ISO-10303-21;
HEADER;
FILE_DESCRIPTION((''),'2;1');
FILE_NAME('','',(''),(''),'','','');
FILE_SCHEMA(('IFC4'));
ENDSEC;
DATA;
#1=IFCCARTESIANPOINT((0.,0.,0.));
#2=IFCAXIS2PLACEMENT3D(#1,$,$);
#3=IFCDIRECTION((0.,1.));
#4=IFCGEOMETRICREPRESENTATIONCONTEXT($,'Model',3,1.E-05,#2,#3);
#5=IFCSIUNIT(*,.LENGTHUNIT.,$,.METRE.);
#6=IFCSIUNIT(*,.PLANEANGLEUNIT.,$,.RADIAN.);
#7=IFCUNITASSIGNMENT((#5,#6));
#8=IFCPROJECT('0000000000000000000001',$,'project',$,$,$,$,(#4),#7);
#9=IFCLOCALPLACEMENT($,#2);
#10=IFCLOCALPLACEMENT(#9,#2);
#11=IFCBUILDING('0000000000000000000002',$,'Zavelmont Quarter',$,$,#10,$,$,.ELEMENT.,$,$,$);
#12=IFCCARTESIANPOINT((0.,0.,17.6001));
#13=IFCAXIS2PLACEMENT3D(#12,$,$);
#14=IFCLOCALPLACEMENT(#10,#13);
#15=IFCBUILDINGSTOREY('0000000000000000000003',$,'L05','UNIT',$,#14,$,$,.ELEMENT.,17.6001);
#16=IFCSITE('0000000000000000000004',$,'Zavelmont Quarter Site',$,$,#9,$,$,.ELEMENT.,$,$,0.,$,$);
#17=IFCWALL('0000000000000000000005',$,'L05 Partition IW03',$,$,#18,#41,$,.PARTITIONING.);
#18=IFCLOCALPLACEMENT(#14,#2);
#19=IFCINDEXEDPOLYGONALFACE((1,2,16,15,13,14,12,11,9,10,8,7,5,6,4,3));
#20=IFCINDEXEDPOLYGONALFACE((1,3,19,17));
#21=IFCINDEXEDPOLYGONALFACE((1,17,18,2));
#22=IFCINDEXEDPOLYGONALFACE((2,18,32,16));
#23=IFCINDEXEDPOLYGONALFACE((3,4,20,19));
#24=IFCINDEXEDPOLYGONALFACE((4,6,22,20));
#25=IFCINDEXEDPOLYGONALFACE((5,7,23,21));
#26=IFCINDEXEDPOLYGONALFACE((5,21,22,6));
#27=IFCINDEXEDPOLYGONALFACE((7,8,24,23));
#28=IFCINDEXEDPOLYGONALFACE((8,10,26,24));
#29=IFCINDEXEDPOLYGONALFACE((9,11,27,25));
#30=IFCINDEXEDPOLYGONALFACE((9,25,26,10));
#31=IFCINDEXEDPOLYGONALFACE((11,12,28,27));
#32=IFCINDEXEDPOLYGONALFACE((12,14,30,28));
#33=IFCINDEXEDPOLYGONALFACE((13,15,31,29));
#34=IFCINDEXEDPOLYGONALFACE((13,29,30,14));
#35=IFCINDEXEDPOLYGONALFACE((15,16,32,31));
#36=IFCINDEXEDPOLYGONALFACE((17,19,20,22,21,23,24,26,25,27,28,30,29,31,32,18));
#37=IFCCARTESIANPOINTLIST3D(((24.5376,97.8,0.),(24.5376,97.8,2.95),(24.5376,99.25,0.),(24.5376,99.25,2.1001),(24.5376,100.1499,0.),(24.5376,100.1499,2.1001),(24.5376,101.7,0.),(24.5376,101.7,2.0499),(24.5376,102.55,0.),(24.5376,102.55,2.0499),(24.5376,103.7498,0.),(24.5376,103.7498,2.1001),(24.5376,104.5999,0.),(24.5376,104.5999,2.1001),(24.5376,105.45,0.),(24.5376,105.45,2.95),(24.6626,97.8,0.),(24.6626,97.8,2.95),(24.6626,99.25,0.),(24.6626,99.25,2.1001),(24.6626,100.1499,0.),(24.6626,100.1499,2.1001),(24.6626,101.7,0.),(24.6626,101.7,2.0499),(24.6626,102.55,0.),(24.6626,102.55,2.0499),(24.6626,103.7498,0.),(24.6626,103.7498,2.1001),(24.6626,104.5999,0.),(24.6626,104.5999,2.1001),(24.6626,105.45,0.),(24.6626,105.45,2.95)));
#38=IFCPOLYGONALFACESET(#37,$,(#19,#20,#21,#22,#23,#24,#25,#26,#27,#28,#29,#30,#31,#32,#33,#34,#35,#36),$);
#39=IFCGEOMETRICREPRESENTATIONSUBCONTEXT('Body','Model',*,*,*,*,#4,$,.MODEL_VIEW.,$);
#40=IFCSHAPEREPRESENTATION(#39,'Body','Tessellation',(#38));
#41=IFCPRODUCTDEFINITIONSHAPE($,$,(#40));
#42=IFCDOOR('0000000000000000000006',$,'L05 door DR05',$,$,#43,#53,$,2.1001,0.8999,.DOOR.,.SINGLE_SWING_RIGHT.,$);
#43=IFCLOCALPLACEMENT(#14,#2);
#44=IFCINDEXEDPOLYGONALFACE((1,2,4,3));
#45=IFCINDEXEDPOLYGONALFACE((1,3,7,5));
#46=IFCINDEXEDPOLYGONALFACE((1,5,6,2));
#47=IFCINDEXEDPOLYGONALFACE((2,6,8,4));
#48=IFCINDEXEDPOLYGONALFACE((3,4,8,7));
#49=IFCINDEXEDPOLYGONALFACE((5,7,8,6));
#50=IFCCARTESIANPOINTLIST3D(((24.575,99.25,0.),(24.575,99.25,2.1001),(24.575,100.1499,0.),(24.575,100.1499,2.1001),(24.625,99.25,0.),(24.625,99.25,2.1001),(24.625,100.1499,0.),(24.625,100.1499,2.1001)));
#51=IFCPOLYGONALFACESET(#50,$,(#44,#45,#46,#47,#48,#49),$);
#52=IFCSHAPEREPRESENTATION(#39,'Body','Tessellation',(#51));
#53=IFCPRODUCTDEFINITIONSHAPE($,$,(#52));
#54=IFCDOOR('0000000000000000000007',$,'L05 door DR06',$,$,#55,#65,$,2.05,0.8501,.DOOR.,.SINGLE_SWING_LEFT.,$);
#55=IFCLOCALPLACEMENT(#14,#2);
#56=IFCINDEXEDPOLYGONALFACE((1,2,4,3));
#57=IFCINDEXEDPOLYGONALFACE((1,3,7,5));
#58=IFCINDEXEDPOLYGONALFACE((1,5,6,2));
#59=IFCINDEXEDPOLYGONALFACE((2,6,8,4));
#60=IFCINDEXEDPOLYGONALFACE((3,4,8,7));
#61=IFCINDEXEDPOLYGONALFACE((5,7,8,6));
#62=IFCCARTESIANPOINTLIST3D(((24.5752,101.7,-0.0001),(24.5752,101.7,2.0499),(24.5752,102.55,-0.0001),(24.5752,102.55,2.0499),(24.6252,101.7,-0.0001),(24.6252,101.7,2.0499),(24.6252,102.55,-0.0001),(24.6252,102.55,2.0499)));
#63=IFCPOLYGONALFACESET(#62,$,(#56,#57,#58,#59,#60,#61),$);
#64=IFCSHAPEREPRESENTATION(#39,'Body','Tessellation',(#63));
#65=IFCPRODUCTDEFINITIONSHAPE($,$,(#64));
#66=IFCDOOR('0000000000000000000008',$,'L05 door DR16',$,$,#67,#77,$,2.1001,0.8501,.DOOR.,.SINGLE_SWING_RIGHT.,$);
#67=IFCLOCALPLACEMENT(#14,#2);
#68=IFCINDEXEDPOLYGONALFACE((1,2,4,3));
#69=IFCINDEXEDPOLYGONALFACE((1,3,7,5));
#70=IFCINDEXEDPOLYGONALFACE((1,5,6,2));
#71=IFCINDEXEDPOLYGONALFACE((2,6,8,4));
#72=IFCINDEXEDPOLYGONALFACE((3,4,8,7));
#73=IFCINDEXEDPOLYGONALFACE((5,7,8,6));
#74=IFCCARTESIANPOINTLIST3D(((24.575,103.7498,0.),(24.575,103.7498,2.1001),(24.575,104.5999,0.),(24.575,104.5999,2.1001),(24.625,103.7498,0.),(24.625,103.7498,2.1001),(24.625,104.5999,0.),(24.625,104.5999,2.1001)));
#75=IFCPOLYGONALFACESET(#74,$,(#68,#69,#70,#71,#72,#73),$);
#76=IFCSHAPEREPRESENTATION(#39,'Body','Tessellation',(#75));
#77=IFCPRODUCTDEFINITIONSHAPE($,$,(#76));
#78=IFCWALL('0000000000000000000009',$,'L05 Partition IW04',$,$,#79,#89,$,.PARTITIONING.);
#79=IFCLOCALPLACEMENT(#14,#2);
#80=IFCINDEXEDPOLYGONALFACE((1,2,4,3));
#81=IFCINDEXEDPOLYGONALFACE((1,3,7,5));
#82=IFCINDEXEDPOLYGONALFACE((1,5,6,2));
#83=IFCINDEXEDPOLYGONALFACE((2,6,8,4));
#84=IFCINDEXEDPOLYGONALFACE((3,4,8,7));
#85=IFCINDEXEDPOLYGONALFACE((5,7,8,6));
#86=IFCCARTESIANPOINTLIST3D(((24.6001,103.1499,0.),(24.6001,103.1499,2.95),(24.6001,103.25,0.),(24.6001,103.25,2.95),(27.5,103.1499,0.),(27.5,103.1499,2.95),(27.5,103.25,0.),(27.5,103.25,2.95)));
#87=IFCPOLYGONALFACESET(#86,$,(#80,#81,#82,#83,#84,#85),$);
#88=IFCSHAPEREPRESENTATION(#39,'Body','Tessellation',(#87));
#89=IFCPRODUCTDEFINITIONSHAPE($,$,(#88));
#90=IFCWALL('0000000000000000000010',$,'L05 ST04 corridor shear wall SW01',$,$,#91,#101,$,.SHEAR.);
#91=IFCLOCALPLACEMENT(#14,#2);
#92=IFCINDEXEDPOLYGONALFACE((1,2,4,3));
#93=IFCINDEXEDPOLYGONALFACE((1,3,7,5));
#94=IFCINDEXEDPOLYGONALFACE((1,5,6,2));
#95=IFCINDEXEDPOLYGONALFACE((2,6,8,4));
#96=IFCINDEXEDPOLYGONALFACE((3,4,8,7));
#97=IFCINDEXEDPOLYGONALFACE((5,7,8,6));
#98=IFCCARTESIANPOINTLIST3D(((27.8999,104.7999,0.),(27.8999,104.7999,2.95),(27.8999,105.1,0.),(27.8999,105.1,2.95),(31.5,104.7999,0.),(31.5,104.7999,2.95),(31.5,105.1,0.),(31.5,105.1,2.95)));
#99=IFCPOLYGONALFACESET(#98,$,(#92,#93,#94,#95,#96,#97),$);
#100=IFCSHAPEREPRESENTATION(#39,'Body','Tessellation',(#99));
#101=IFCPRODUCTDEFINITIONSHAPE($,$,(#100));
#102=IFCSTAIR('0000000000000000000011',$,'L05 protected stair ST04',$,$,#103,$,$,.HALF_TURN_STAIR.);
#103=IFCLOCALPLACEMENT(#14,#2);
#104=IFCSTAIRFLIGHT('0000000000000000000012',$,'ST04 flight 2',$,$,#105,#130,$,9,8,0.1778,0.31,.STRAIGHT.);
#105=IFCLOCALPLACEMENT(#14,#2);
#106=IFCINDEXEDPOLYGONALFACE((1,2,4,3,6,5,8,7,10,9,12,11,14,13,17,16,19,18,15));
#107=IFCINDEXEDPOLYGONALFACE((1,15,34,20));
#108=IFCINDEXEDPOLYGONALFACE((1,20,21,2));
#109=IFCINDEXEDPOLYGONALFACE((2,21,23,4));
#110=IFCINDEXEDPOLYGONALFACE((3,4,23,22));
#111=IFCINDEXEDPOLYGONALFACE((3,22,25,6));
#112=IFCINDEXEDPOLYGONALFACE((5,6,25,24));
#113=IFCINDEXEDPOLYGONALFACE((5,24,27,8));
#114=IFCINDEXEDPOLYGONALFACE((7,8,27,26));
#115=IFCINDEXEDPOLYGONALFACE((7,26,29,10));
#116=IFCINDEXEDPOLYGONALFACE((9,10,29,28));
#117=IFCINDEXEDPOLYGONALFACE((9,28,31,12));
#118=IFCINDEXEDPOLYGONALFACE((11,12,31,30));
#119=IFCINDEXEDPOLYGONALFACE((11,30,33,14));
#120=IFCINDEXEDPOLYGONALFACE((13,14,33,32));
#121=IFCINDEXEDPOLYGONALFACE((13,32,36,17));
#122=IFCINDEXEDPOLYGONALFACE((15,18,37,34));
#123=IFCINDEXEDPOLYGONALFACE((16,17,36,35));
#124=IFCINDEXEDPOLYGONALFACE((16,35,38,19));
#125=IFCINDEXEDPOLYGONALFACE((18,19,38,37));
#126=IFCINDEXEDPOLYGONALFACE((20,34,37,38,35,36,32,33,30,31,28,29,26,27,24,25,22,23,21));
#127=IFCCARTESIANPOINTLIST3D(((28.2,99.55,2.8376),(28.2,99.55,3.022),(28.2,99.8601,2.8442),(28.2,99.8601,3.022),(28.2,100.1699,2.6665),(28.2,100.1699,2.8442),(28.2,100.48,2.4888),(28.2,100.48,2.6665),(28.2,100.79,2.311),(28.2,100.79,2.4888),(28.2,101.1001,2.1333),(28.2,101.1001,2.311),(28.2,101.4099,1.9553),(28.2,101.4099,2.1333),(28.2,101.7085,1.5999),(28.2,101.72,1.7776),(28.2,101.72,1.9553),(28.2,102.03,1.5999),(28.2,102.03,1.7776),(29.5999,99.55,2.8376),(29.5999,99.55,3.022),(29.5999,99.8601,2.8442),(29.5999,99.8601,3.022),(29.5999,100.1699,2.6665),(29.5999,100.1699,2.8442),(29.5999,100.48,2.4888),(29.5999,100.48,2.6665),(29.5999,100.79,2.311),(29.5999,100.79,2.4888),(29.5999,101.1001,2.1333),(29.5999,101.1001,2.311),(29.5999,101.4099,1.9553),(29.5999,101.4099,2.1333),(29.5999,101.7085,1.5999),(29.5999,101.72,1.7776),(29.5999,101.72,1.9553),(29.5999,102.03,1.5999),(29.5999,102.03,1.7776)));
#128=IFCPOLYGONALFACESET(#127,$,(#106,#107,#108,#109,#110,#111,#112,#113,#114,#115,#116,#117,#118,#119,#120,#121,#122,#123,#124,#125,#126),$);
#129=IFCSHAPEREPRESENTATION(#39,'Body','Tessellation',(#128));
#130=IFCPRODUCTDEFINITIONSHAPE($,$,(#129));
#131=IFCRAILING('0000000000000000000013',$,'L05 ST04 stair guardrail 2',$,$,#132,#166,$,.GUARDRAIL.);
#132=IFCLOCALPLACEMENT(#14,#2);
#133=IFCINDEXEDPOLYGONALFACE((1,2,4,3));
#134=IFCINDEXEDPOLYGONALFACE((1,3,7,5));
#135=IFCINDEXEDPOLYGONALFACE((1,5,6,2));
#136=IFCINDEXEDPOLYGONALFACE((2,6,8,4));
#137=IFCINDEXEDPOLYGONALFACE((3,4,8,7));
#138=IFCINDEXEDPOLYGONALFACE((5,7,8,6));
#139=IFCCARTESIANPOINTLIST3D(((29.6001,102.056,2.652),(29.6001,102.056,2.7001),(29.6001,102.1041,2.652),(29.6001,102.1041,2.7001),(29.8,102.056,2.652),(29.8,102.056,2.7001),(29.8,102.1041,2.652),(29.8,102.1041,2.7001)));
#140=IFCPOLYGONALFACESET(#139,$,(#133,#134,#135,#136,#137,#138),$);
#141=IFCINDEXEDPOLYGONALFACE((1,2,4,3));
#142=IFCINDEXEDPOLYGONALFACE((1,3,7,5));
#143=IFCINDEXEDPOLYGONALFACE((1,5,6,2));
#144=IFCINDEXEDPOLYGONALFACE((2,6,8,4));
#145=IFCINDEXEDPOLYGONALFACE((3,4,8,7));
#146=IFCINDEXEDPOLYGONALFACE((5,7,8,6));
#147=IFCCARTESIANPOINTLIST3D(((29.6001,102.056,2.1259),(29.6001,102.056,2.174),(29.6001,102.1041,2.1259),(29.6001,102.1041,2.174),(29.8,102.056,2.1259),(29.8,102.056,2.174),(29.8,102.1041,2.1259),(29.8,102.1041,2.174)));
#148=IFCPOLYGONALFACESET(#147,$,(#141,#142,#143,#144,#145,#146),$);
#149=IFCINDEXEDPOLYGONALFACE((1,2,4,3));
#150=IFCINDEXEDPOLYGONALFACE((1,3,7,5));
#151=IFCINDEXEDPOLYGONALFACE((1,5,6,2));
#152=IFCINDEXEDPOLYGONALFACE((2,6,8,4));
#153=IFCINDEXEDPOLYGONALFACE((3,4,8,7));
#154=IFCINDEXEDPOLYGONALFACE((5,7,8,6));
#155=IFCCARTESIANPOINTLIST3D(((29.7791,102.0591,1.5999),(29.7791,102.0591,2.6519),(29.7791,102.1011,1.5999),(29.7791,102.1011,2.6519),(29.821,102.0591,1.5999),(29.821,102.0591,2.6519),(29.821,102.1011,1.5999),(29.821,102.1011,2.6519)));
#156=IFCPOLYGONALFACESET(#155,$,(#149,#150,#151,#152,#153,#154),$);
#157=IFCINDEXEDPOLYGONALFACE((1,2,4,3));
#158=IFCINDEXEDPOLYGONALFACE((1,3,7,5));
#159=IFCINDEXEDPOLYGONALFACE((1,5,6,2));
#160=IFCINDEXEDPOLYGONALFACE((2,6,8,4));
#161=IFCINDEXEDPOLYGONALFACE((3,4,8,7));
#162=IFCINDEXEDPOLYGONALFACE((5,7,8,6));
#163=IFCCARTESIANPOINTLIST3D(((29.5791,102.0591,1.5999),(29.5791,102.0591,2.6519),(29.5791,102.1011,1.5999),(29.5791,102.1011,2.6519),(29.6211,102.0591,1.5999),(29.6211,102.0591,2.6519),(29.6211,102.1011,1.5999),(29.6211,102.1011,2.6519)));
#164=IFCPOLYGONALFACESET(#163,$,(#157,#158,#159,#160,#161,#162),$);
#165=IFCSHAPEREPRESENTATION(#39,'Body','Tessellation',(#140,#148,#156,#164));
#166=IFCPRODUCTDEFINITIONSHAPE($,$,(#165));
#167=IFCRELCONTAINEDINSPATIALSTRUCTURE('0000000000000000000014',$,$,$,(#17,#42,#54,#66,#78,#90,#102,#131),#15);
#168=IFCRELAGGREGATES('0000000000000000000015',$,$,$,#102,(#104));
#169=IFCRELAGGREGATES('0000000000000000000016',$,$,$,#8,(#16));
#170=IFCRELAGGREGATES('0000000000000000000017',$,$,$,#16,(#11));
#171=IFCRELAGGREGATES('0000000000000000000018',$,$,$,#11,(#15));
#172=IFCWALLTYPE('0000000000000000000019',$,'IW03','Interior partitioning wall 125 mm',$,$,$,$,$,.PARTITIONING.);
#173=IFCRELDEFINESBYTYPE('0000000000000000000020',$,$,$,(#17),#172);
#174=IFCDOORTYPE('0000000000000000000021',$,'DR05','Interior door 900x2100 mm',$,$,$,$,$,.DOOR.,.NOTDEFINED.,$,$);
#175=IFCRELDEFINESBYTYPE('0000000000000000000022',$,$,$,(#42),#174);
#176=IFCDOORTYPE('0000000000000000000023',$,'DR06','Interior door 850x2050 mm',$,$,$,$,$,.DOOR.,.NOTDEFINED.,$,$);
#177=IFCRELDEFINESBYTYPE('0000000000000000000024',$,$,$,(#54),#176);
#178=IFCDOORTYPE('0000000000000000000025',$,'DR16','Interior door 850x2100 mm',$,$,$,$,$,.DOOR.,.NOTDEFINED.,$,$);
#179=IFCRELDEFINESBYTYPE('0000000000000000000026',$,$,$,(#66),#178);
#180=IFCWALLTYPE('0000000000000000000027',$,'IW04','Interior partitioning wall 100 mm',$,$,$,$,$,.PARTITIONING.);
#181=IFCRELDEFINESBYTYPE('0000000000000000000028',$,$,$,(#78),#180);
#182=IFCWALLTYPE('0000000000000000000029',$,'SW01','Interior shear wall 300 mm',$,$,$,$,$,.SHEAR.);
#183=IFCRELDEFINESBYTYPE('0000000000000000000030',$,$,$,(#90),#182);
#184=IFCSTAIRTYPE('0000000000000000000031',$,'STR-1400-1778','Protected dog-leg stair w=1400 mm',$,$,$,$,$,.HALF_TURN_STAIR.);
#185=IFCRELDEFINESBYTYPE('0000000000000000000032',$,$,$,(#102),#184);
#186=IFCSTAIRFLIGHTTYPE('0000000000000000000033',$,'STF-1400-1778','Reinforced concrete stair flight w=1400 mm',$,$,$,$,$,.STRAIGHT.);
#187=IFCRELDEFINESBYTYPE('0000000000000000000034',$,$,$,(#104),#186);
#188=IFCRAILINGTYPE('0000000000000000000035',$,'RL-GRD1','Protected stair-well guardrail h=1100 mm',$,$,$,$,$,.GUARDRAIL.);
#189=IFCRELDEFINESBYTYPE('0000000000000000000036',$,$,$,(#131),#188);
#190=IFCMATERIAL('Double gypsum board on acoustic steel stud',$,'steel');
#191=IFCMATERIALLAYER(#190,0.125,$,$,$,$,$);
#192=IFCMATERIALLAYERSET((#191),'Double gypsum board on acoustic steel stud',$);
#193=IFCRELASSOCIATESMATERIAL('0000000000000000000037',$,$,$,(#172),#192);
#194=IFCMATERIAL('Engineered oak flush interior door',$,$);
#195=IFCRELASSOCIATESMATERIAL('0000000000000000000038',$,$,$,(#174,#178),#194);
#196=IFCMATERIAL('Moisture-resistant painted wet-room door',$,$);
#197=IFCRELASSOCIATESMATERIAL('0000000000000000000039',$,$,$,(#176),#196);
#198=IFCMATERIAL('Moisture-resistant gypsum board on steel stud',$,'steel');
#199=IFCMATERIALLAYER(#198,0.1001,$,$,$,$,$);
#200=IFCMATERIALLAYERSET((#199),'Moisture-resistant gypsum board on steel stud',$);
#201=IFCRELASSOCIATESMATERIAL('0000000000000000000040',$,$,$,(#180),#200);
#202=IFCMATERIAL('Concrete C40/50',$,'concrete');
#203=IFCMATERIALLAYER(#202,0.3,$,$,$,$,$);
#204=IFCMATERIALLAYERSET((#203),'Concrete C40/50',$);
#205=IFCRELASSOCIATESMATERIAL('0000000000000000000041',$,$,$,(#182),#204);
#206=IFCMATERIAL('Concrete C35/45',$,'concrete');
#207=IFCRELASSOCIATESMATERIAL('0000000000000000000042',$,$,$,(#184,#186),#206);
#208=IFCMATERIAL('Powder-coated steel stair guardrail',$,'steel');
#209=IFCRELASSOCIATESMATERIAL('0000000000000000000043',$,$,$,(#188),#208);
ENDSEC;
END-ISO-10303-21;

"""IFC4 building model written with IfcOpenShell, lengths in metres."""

from ifc_helpers import new_model, si_unit, direction, frame, frame_2d, origin, origin_with_axes, origin_2d, place, context, subcontext, project, spatial, polyline, rectangle, outline, extrude, material, layer, layer_set, type_object, element, fill, aggregate, save


model = new_model("IFC4")

# Units and contexts
model_context = context("Model", 3, precision=1e-05, world=origin(), true_north=direction((0.0, 1.0)))
body_context = subcontext(model_context, "Body", "Model", "MODEL_VIEW")
ifc_project = project(units=[si_unit("LENGTHUNIT", "METRE"), si_unit("PLANEANGLEUNIT", "RADIAN")], contexts=[model_context])

# Site, building, storey
site_placement = place(None, origin())
site = spatial("IfcSite", under=ifc_project, at=site_placement, Name="Zavelmont Quarter Site", CompositionType="ELEMENT", RefElevation=0.0)
building_placement = place(site_placement, origin())
building = spatial("IfcBuilding", under=site, at=building_placement, Name="Zavelmont Quarter", CompositionType="ELEMENT")
storey_placement = place(building_placement, frame((0.0, 0.0, 17.6001)))
storey = spatial("IfcBuildingStorey", under=building, at=storey_placement, Name="L05", Description="UNIT", CompositionType="ELEMENT", Elevation=17.6001)

# Shared definitions
ifc_material_1 = material(Name="Concrete C35/45", Category="concrete")

# Shared definitions
ifc_material_2 = material(Name="Concrete C40/50", Category="concrete")

# Wall, openings, doors
ifc_material_3 = material(Name="Double gypsum board on acoustic steel stud", Category="steel")
ifc_layer_1 = layer(ifc_material_3, 0.125)
ifc_layer_set_1 = layer_set([ifc_layer_1], Name="Double gypsum board on acoustic steel stud")
wall_type_1 = type_object("IfcWallType", Name="IW03", Description="Interior partitioning wall 125 mm", PredefinedType="PARTITIONING", material=ifc_layer_set_1)
wall_1_placement = place(storey_placement, frame((24.6001, 105.45, 0.0), z_axis=(0.0, 0.0, 1.0), x_axis=(0.0, -1.0, 0.0)))
wall_1 = element("IfcWall", 1, at=wall_1_placement, inside=storey, type_object=wall_type_1, Name="L05 Partition IW03", PredefinedType="PARTITIONING", context=body_context, shape_type="SweptSolid", body=[
    extrude(rectangle(XDim=7.6499, YDim=0.125, at=frame_2d((3.825, 0.0))), origin(), (0.0, 0.0, 1.0), 2.95),
])
opening_1_placement = place(wall_1_placement, frame((0.8501, 0.0, 0.0)))
opening_1 = element("IfcOpeningElement", 2, at=opening_1_placement, cuts=wall_1, PredefinedType="OPENING", context=body_context, shape_type="SweptSolid", body=[
    extrude(rectangle(XDim=0.8501, YDim=2.1001, at=frame_2d((0.425, 1.05))), frame((0.0, 0.0745, 0.0), z_axis=(0.0, -1.0, 0.0), x_axis=(1.0, 0.0, 0.0)), (0.0, 0.0, 1.0), 0.1489),
])
opening_2_placement = place(wall_1_placement, frame((2.8999, 0.0, 0.0)))
opening_2 = element("IfcOpeningElement", 3, at=opening_2_placement, cuts=wall_1, PredefinedType="OPENING", context=body_context, shape_type="SweptSolid", body=[
    extrude(rectangle(XDim=0.8501, YDim=2.05, at=frame_2d((0.425, 1.0249))), frame((0.0, 0.0745, 0.0), z_axis=(0.0, -1.0, 0.0), x_axis=(1.0, 0.0, 0.0)), (0.0, 0.0, 1.0), 0.1489),
])
opening_3_placement = place(wall_1_placement, frame((5.3, 0.0, 0.0)))
opening_3 = element("IfcOpeningElement", 4, at=opening_3_placement, cuts=wall_1, PredefinedType="OPENING", context=body_context, shape_type="SweptSolid", body=[
    extrude(rectangle(XDim=0.8999, YDim=2.1001, at=frame_2d((0.45, 1.05))), frame((0.0, 0.0745, 0.0), z_axis=(0.0, -1.0, 0.0), x_axis=(1.0, 0.0, 0.0)), (0.0, 0.0, 1.0), 0.1489),
])
ifc_material_4 = material(Name="Engineered oak flush interior door")
door_type_1 = type_object("IfcDoorType", Name="DR05", Description="Interior door 900x2100 mm", OperationType="NOTDEFINED", PredefinedType="DOOR", material=ifc_material_4)
door_1_placement = place(opening_3_placement, origin_with_axes())
door_1 = element("IfcDoor", 5, at=door_1_placement, inside=storey, type_object=door_type_1, Name="L05 door DR05", OperationType="SINGLE_SWING_RIGHT", OverallHeight=2.1001, OverallWidth=0.8999, PredefinedType="DOOR", context=body_context, shape_type="SweptSolid", body=[
    extrude(rectangle(XDim=0.8999, YDim=2.1001, at=frame_2d((0.45, 1.05))), frame((0.0, 0.0249, 0.0), z_axis=(0.0, -1.0, 0.0), x_axis=(1.0, 0.0, 0.0)), (0.0, 0.0, 1.0), 0.05),
])
fill(opening_3, door_1)
ifc_material_5 = material(Name="Moisture-resistant painted wet-room door")
door_type_2 = type_object("IfcDoorType", Name="DR06", Description="Interior door 850x2050 mm", OperationType="NOTDEFINED", PredefinedType="DOOR", material=ifc_material_5)
door_2_placement = place(opening_2_placement, frame((0.8501, 0.0, 0.0), z_axis=(0.0, 0.0, 1.0), x_axis=(-1.0, 0.0, 0.0)))
door_2 = element("IfcDoor", 6, at=door_2_placement, inside=storey, type_object=door_type_2, Name="L05 door DR06", OperationType="SINGLE_SWING_LEFT", OverallHeight=2.05, OverallWidth=0.8501, PredefinedType="DOOR", context=body_context, shape_type="SweptSolid", body=[
    extrude(rectangle(XDim=0.8501, YDim=2.05, at=frame_2d((0.425, 1.0249))), frame((0.0, 0.0249, 0.0), z_axis=(0.0, -1.0, 0.0), x_axis=(1.0, 0.0, 0.0)), (0.0, 0.0, 1.0), 0.05),
])
fill(opening_2, door_2)
door_type_3 = type_object("IfcDoorType", Name="DR16", Description="Interior door 850x2100 mm", OperationType="NOTDEFINED", PredefinedType="DOOR", material=ifc_material_4)
door_3_placement = place(opening_1_placement, origin_with_axes())
door_3 = element("IfcDoor", 7, at=door_3_placement, inside=storey, type_object=door_type_3, Name="L05 door DR16", OperationType="SINGLE_SWING_RIGHT", OverallHeight=2.1001, OverallWidth=0.8501, PredefinedType="DOOR", context=body_context, shape_type="SweptSolid", body=[
    extrude(rectangle(XDim=0.8501, YDim=2.1001, at=frame_2d((0.425, 1.05))), frame((0.0, 0.0249, 0.0), z_axis=(0.0, -1.0, 0.0), x_axis=(1.0, 0.0, 0.0)), (0.0, 0.0, 1.0), 0.05),
])
fill(opening_1, door_3)

# Walls
ifc_material_6 = material(Name="Moisture-resistant gypsum board on steel stud", Category="steel")
ifc_layer_2 = layer(ifc_material_6, 0.1001)
ifc_layer_set_2 = layer_set([ifc_layer_2], Name="Moisture-resistant gypsum board on steel stud")
wall_type_2 = type_object("IfcWallType", Name="IW04", Description="Interior partitioning wall 100 mm", PredefinedType="PARTITIONING", material=ifc_layer_set_2)
wall_2_placement = place(storey_placement, frame((24.6001, 103.2, 0.0), z_axis=(0.0, 0.0, 1.0), x_axis=(1.0, 0.0, 0.0)))
element("IfcWall", 8, at=wall_2_placement, inside=storey, type_object=wall_type_2, Name="L05 Partition IW04", PredefinedType="PARTITIONING", context=body_context, shape_type="SweptSolid", body=[
    extrude(rectangle(XDim=2.8999, YDim=0.1001, at=frame_2d((1.45, 0.0))), origin(), (0.0, 0.0, 1.0), 2.95),
])
ifc_layer_3 = layer(ifc_material_2, 0.3)
ifc_layer_set_3 = layer_set([ifc_layer_3], Name="Concrete C40/50")
wall_type_3 = type_object("IfcWallType", Name="SW01", Description="Interior shear wall 300 mm", PredefinedType="SHEAR", material=ifc_layer_set_3)
wall_3_placement = place(storey_placement, frame((27.8999, 104.95, 0.0), z_axis=(0.0, 0.0, 1.0), x_axis=(1.0, 0.0, 0.0)))
element("IfcWall", 9, at=wall_3_placement, inside=storey, type_object=wall_type_3, Name="L05 ST04 corridor shear wall SW01", PredefinedType="SHEAR", context=body_context, shape_type="SweptSolid", body=[
    extrude(rectangle(XDim=3.6001, YDim=0.3, at=frame_2d((1.8, 0.0))), origin(), (0.0, 0.0, 1.0), 2.95),
])

# Stair, stair flight
stair_type = type_object("IfcStairType", Name="STR-1400-1778", Description="Protected dog-leg stair w=1400 mm", PredefinedType="HALF_TURN_STAIR", material=ifc_material_1)
stair_placement = place(storey_placement, origin())
stair = element("IfcStair", 10, at=stair_placement, inside=storey, type_object=stair_type, Name="L05 protected stair ST04", PredefinedType="HALF_TURN_STAIR")
stair_flight_type = type_object("IfcStairFlightType", Name="STF-1400-1778", Description="Reinforced concrete stair flight w=1400 mm", PredefinedType="STRAIGHT", material=ifc_material_1)
stair_flight_placement = place(storey_placement, frame((28.8999, 102.03, 1.5999), z_axis=(0.0, 0.0, 1.0), x_axis=(0.0, -1.0, 0.0)))
stair_flight = element("IfcStairFlight", 11, at=stair_flight_placement, type_object=stair_flight_type, Name="ST04 flight 2", NumberOfRisers=9, NumberOfTreads=8, PredefinedType="STRAIGHT", RiserHeight=0.1778, TreadLength=0.31, context=body_context, shape_type="SweptSolid", body=[
    extrude(outline(polyline([(0.0, 0.0), (0.0, 0.1777), (0.3101, 0.1777), (0.3101, 0.3555), (0.6201, 0.3555), (0.6201, 0.5334), (0.9299, 0.5334), (0.9299, 0.7112), (1.24, 0.7112), (1.24, 0.8889), (1.55, 0.8889), (1.55, 1.0667), (1.8601, 1.0667), (1.8601, 1.2444), (2.1699, 1.2444), (2.1699, 1.4221), (2.48, 1.4221), (2.48, 1.6001), (2.48, 1.2378), (0.3215, 0.0), (0.0, 0.0)])), frame((0.0, 0.7, 0.0), z_axis=(0.0, -1.0, 0.0), x_axis=(1.0, 0.0, 0.0)), (0.0, 0.0, 1.0), 1.3999),
])
aggregate(stair, [stair_flight])

# Railing
ifc_material_7 = material(Name="Powder-coated steel stair guardrail", Category="steel")
railing_type_1 = type_object("IfcRailingType", Name="RL-GRD1", Description="Protected stair-well guardrail h=1100 mm", PredefinedType="GUARDRAIL", material=ifc_material_7)
railing_1_placement = place(storey_placement, frame((29.8, 102.0801, 1.5999)))
element("IfcRailing", 12, at=railing_1_placement, inside=storey, type_object=railing_type_1, Name="L05 ST04 stair guardrail 2", PredefinedType="GUARDRAIL", context=body_context, shape_type="SweptSolid", body=[
    extrude(rectangle(XDim=0.0481, YDim=0.0481, at=origin_2d()), frame((0.0, 0.0, 1.0762), z_axis=(-1.0, 0.0, 0.0), x_axis=(0.0, -1.0, 0.0)), (0.0, 0.0, 1.0), 0.2),
    extrude(rectangle(XDim=0.0481, YDim=0.0481, at=origin_2d()), frame((0.0, 0.0, 0.55), z_axis=(-1.0, 0.0, 0.0), x_axis=(0.0, -1.0, 0.0)), (0.0, 0.0, 1.0), 0.2),
    extrude(rectangle(XDim=0.042, YDim=0.042, at=origin_2d()), origin(), (0.0, 0.0, 1.0), 1.052),
    extrude(rectangle(XDim=0.042, YDim=0.042, at=origin_2d()), frame((-0.2, 0.0, 0.0)), (0.0, 0.0, 1.0), 1.052),
])

save(model, "model.ifc")
